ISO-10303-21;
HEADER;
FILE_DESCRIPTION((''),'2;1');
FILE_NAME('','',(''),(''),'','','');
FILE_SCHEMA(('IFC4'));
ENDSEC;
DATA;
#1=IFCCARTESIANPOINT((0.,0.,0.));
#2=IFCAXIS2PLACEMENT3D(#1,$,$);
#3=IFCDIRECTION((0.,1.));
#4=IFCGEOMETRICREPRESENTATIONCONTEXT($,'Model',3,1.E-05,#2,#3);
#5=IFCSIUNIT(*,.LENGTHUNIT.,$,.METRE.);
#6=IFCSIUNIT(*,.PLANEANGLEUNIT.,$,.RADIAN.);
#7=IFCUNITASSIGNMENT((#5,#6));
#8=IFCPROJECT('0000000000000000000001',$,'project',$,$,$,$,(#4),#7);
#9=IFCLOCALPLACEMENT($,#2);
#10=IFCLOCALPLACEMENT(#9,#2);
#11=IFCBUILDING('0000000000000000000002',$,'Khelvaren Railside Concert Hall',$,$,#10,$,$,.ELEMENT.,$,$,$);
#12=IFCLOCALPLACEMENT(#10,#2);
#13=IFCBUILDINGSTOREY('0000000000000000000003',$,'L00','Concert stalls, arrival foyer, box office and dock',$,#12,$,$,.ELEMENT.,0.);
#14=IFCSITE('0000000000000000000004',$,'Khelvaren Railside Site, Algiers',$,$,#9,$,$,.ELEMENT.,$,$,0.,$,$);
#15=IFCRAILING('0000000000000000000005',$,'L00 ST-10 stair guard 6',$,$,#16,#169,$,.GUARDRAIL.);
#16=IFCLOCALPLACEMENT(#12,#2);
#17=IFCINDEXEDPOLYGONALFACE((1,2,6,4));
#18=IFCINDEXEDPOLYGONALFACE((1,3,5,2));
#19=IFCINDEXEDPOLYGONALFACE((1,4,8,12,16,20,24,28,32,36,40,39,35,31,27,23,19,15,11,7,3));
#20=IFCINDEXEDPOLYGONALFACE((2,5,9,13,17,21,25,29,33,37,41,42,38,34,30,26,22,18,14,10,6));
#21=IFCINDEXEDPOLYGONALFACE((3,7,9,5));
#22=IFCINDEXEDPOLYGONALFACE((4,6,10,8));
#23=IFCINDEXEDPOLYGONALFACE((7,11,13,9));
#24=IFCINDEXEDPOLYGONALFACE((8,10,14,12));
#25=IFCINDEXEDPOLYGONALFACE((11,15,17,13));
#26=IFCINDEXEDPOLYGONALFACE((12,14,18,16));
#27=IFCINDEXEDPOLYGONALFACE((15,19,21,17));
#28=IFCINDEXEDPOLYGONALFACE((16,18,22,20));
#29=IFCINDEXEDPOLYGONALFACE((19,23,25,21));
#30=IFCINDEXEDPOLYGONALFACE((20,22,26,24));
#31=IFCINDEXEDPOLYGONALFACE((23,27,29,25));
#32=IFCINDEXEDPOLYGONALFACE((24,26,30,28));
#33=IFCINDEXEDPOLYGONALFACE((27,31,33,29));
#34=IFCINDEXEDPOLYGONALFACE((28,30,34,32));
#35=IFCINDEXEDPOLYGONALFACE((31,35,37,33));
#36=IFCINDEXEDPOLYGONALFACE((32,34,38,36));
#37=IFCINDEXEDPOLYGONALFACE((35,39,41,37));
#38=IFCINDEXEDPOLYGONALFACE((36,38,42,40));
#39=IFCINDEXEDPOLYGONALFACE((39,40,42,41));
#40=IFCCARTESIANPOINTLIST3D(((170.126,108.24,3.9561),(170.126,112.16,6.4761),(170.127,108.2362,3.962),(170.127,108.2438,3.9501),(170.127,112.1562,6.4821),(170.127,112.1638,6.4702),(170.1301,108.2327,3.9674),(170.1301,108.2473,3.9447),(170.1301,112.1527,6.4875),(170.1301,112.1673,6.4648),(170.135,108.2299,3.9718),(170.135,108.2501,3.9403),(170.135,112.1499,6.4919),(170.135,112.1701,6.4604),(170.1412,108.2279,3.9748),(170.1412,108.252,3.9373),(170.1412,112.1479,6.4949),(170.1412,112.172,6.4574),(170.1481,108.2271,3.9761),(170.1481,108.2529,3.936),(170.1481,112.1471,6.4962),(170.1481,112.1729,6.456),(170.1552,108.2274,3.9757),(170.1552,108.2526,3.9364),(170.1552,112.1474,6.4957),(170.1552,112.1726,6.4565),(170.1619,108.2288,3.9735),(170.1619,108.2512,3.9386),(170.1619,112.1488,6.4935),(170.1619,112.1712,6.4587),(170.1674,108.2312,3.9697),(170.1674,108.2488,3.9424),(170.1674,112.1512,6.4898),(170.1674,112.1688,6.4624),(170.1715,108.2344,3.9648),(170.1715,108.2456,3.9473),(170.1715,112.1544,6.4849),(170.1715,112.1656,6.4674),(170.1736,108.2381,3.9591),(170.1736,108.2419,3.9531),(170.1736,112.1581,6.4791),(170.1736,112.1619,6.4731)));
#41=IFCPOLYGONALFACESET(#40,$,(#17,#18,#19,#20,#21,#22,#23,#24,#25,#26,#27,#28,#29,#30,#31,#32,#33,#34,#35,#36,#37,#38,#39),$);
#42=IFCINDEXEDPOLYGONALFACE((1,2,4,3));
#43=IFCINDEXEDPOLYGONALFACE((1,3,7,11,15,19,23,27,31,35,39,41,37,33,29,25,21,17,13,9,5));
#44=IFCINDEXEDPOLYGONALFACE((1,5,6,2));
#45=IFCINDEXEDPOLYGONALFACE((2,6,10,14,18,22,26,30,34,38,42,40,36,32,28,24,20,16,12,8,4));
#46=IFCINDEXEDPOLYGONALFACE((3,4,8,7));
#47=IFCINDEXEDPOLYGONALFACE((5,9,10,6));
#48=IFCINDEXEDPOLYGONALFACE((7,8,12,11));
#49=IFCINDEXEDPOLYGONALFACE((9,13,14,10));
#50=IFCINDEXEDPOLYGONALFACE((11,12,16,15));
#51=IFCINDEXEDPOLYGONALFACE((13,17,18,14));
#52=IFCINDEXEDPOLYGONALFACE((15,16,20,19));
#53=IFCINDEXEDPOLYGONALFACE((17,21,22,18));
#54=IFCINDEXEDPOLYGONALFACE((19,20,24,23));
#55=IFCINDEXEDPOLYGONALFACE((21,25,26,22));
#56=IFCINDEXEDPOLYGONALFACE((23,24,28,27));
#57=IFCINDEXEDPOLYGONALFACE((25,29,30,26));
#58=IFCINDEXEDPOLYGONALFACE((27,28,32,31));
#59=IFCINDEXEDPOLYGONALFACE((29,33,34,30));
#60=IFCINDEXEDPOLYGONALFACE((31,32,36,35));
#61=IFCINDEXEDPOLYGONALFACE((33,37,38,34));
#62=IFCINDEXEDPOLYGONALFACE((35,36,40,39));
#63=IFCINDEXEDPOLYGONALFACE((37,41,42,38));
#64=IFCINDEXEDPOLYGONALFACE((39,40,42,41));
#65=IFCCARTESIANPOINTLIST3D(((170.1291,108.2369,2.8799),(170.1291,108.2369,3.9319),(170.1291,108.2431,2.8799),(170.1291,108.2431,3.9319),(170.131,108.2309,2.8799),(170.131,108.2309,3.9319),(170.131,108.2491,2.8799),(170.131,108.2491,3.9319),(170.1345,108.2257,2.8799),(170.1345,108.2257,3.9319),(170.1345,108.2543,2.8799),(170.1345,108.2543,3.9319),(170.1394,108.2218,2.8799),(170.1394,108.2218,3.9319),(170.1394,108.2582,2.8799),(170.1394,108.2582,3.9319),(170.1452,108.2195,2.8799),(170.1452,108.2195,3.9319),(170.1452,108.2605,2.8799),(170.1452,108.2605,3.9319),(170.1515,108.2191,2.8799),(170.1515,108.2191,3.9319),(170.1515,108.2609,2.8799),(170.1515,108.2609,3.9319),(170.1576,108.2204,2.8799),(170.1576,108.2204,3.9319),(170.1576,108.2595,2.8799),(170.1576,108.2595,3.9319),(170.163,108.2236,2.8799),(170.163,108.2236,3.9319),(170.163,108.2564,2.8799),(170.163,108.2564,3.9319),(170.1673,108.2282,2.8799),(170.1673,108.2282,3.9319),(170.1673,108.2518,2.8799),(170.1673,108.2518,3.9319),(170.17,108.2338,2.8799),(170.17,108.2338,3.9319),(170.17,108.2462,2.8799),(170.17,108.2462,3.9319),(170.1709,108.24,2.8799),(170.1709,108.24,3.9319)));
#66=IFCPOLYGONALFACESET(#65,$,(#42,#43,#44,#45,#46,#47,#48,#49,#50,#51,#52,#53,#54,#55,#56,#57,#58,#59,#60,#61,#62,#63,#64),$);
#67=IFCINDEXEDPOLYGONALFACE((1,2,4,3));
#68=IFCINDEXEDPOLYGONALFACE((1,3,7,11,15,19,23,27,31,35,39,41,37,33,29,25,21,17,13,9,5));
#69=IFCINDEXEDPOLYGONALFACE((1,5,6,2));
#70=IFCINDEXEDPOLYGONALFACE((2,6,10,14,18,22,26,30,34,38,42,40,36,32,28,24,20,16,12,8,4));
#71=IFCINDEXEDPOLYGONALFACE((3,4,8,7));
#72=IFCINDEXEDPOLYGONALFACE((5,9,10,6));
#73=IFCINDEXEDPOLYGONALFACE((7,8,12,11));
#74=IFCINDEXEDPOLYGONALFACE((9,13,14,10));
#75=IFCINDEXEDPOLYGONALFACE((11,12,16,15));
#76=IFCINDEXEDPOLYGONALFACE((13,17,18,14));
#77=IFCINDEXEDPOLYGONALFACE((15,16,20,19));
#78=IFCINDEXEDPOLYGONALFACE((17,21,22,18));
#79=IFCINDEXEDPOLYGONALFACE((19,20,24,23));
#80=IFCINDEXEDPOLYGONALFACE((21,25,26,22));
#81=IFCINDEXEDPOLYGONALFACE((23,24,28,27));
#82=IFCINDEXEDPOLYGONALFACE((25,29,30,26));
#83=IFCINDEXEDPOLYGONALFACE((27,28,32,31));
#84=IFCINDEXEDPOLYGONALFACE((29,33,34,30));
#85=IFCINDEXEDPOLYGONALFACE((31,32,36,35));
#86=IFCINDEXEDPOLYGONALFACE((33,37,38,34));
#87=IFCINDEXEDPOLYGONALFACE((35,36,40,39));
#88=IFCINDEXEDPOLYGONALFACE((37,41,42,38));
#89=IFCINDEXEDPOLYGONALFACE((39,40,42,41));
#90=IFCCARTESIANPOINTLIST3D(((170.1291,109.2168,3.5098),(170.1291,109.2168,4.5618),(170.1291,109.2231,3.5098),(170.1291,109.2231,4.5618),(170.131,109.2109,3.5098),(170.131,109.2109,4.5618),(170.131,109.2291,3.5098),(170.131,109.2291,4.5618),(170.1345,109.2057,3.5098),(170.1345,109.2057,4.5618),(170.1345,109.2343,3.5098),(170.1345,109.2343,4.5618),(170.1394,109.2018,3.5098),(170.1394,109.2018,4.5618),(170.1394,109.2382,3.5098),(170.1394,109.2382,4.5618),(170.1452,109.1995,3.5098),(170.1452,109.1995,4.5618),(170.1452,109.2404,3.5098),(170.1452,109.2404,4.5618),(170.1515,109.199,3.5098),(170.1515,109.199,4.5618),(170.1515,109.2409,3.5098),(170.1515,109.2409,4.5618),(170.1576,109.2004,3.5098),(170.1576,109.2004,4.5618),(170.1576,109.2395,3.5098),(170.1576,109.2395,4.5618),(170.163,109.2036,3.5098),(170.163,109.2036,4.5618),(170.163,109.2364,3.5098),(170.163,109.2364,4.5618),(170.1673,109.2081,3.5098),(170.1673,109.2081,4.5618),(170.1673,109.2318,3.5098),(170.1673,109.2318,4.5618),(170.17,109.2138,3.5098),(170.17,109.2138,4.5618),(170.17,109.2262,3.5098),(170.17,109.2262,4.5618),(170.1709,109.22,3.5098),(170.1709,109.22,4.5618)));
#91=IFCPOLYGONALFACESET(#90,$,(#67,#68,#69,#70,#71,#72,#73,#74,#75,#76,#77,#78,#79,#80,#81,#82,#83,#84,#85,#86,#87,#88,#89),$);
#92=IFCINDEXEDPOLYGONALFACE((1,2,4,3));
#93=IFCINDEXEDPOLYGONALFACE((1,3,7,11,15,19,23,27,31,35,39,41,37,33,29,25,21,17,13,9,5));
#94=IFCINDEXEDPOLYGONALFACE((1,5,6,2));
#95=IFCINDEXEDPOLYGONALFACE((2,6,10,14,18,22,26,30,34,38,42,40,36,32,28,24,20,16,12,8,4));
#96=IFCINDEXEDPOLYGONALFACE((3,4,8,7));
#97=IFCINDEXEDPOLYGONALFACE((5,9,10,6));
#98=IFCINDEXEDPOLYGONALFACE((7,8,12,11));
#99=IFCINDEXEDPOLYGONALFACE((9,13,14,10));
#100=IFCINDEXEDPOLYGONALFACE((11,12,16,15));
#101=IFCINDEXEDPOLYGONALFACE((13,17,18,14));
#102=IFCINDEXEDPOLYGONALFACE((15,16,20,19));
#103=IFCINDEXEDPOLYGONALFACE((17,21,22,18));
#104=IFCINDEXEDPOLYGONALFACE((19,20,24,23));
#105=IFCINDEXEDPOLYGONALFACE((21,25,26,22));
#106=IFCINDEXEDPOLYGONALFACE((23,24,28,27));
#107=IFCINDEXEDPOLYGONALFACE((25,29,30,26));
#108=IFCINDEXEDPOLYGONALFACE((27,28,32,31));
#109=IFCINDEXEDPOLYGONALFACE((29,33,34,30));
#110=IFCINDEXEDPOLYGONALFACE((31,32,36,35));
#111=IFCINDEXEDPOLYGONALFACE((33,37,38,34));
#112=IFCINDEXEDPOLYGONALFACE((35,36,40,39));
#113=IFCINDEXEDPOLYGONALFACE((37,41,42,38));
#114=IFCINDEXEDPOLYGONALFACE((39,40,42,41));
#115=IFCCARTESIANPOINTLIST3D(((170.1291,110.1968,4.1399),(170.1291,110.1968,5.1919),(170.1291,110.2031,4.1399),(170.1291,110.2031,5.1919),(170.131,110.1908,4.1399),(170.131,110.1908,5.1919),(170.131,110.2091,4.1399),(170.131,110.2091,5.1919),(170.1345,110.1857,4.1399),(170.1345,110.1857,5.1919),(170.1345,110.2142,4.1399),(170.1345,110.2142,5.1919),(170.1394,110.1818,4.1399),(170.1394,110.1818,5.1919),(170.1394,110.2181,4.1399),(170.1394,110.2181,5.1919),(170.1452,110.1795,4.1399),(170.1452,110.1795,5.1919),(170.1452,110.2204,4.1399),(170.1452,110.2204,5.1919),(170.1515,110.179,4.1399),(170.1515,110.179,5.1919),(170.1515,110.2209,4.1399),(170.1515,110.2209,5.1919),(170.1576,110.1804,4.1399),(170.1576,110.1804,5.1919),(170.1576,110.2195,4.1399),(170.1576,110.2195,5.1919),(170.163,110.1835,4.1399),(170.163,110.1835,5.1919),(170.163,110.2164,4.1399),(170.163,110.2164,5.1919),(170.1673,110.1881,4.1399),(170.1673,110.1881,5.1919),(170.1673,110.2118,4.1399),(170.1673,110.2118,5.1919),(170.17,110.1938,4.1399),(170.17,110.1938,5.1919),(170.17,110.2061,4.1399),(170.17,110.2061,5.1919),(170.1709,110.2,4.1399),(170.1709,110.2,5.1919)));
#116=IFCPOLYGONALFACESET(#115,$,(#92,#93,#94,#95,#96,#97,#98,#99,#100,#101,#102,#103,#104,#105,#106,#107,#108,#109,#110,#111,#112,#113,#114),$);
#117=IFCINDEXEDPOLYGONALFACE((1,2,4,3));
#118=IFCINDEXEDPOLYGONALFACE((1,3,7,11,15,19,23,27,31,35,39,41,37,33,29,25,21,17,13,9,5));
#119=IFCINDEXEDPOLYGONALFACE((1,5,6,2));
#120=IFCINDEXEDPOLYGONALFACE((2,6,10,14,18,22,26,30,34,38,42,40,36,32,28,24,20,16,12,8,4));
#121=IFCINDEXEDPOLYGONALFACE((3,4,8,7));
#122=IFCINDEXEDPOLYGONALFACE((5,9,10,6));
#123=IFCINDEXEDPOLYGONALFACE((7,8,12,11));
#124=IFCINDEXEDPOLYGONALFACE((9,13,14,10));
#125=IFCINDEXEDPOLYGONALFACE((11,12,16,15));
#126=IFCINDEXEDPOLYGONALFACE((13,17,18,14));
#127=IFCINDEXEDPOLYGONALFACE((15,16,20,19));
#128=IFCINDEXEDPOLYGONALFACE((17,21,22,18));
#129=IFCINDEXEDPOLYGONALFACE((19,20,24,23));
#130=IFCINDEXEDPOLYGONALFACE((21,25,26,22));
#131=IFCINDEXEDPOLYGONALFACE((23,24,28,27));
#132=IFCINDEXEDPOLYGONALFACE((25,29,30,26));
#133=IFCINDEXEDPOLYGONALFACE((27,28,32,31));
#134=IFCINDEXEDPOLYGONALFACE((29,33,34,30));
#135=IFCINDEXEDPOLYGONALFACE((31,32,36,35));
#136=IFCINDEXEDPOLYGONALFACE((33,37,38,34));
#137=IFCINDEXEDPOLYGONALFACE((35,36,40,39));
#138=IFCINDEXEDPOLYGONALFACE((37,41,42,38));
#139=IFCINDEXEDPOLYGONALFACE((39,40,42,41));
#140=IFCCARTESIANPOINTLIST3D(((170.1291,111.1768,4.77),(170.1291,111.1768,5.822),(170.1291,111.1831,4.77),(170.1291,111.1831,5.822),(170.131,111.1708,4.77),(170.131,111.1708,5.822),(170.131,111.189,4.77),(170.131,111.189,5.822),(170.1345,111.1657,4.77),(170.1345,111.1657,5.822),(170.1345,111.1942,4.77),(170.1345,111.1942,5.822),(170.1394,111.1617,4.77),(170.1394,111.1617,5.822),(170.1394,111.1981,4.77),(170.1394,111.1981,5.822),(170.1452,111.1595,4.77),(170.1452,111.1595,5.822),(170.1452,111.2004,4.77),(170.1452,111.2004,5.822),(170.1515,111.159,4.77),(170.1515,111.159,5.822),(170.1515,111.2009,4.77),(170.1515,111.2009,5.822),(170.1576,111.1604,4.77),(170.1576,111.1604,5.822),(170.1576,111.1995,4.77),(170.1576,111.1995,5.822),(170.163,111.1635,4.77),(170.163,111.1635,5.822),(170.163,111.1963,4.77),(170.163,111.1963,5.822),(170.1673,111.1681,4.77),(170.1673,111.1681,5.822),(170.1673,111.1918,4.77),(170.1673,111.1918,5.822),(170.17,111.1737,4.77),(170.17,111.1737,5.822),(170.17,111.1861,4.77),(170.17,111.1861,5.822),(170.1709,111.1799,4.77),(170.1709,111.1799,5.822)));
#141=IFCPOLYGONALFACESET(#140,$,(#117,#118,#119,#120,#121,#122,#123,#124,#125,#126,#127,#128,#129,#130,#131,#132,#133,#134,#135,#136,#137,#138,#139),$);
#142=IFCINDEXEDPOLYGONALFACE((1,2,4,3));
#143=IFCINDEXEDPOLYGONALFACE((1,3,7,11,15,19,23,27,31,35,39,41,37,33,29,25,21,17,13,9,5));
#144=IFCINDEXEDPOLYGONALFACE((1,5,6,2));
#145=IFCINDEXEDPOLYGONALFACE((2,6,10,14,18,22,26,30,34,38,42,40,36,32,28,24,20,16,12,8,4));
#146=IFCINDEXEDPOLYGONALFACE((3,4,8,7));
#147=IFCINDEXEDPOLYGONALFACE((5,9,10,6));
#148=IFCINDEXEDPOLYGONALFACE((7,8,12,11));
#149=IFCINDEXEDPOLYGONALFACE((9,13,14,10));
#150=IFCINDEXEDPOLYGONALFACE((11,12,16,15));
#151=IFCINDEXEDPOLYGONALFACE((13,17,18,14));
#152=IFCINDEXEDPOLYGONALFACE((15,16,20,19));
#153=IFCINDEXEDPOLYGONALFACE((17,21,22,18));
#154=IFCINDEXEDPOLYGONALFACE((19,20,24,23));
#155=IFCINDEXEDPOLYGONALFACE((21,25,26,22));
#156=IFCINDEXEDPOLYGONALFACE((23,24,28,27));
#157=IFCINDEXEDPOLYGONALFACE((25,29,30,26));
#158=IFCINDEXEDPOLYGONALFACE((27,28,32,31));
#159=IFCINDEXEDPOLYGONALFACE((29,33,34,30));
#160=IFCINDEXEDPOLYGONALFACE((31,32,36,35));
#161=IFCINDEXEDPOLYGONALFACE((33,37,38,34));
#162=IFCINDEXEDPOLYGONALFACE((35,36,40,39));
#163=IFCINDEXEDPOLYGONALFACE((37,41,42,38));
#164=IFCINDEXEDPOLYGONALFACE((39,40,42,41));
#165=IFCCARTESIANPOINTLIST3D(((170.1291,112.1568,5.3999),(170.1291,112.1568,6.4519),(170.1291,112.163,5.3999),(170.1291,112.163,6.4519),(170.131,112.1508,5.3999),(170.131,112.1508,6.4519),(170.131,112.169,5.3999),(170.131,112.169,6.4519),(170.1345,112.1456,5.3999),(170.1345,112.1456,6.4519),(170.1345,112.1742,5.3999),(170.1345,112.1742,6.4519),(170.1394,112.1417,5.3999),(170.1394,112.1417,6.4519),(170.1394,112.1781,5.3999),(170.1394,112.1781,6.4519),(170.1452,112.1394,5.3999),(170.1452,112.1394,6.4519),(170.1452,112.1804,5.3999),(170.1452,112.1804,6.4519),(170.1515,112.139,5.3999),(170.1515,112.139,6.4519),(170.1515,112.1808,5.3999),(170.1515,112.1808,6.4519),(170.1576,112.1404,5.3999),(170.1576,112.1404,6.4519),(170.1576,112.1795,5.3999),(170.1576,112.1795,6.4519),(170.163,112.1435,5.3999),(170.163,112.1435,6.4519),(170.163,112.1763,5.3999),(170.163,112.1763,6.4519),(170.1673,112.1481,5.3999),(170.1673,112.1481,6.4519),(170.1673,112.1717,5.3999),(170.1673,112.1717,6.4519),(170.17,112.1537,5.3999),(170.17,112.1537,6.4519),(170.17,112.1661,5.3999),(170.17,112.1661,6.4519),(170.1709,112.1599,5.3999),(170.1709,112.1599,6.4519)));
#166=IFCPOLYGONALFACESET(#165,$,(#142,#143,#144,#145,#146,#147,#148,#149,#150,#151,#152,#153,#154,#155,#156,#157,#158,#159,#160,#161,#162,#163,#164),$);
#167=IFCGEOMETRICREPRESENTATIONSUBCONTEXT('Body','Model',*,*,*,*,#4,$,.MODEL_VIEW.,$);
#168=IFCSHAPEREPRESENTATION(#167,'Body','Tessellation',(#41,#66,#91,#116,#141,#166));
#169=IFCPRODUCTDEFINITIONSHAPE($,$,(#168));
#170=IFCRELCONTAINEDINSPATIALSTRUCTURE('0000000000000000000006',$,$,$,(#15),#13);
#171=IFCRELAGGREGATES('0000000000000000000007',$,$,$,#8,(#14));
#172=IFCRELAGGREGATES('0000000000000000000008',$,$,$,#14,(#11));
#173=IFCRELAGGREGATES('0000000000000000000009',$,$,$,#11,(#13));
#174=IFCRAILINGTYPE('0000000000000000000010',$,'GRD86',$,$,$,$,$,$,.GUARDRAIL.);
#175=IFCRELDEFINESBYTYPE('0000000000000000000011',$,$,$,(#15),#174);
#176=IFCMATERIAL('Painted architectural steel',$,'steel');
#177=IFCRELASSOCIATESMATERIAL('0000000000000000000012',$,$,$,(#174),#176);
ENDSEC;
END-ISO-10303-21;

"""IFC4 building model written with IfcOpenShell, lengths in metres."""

from ifc_helpers import new_model, si_unit, direction, frame, origin, origin_2d, place, context, subcontext, project, spatial, circle, extrude, material, type_object, element, save


model = new_model("IFC4")

# Units and contexts
model_context = context("Model", 3, precision=1e-05, world=origin(), true_north=direction((0.0, 1.0)))
body_context = subcontext(model_context, "Body", "Model", "MODEL_VIEW")
ifc_project = project(units=[si_unit("LENGTHUNIT", "METRE"), si_unit("PLANEANGLEUNIT", "RADIAN")], contexts=[model_context])

# Site, building, storey
site_placement = place(None, origin())
site = spatial("IfcSite", under=ifc_project, at=site_placement, Name="Khelvaren Railside Site, Algiers", CompositionType="ELEMENT", RefElevation=0.0)
building_placement = place(site_placement, origin())
building = spatial("IfcBuilding", under=site, at=building_placement, Name="Khelvaren Railside Concert Hall", CompositionType="ELEMENT")
storey_placement = place(building_placement, origin())
storey = spatial("IfcBuildingStorey", under=building, at=storey_placement, Name="L00", Description="Concert stalls, arrival foyer, box office and dock", CompositionType="ELEMENT", Elevation=0.0)

# Railing
ifc_material_1 = material(Name="Painted architectural steel", Category="steel")
railing_type_1 = type_object("IfcRailingType", Name="GRD86", PredefinedType="GUARDRAIL", material=ifc_material_1)
railing_1_placement = place(storey_placement, frame((170.1499, 108.24, 2.8799)))
element("IfcRailing", 1, at=railing_1_placement, inside=storey, type_object=railing_type_1, Name="L00 ST-10 stair guard 6", PredefinedType="GUARDRAIL", context=body_context, shape_type="SweptSolid", body=[
    extrude(circle(Radius=0.0239, at=origin_2d()), frame((0.0, 0.0, 1.0762), z_axis=(0.0, 0.841172, 0.540768), x_axis=(-1.0, 0.0, 0.0)), (0.0, 0.0, 1.0), 4.6602),
    extrude(circle(Radius=0.021, at=origin_2d()), origin(), (0.0, 0.0, 1.0), 1.052),
    extrude(circle(Radius=0.021, at=origin_2d()), frame((0.0, 0.98, 0.6299)), (0.0, 0.0, 1.0), 1.052),
    extrude(circle(Radius=0.021, at=origin_2d()), frame((0.0, 1.96, 1.26)), (0.0, 0.0, 1.0), 1.052),
    extrude(circle(Radius=0.021, at=origin_2d()), frame((0.0, 2.9399, 1.8901)), (0.0, 0.0, 1.0), 1.052),
    extrude(circle(Radius=0.021, at=origin_2d()), frame((0.0, 3.9199, 2.52)), (0.0, 0.0, 1.0), 1.052),
])

save(model, "model.ifc")
